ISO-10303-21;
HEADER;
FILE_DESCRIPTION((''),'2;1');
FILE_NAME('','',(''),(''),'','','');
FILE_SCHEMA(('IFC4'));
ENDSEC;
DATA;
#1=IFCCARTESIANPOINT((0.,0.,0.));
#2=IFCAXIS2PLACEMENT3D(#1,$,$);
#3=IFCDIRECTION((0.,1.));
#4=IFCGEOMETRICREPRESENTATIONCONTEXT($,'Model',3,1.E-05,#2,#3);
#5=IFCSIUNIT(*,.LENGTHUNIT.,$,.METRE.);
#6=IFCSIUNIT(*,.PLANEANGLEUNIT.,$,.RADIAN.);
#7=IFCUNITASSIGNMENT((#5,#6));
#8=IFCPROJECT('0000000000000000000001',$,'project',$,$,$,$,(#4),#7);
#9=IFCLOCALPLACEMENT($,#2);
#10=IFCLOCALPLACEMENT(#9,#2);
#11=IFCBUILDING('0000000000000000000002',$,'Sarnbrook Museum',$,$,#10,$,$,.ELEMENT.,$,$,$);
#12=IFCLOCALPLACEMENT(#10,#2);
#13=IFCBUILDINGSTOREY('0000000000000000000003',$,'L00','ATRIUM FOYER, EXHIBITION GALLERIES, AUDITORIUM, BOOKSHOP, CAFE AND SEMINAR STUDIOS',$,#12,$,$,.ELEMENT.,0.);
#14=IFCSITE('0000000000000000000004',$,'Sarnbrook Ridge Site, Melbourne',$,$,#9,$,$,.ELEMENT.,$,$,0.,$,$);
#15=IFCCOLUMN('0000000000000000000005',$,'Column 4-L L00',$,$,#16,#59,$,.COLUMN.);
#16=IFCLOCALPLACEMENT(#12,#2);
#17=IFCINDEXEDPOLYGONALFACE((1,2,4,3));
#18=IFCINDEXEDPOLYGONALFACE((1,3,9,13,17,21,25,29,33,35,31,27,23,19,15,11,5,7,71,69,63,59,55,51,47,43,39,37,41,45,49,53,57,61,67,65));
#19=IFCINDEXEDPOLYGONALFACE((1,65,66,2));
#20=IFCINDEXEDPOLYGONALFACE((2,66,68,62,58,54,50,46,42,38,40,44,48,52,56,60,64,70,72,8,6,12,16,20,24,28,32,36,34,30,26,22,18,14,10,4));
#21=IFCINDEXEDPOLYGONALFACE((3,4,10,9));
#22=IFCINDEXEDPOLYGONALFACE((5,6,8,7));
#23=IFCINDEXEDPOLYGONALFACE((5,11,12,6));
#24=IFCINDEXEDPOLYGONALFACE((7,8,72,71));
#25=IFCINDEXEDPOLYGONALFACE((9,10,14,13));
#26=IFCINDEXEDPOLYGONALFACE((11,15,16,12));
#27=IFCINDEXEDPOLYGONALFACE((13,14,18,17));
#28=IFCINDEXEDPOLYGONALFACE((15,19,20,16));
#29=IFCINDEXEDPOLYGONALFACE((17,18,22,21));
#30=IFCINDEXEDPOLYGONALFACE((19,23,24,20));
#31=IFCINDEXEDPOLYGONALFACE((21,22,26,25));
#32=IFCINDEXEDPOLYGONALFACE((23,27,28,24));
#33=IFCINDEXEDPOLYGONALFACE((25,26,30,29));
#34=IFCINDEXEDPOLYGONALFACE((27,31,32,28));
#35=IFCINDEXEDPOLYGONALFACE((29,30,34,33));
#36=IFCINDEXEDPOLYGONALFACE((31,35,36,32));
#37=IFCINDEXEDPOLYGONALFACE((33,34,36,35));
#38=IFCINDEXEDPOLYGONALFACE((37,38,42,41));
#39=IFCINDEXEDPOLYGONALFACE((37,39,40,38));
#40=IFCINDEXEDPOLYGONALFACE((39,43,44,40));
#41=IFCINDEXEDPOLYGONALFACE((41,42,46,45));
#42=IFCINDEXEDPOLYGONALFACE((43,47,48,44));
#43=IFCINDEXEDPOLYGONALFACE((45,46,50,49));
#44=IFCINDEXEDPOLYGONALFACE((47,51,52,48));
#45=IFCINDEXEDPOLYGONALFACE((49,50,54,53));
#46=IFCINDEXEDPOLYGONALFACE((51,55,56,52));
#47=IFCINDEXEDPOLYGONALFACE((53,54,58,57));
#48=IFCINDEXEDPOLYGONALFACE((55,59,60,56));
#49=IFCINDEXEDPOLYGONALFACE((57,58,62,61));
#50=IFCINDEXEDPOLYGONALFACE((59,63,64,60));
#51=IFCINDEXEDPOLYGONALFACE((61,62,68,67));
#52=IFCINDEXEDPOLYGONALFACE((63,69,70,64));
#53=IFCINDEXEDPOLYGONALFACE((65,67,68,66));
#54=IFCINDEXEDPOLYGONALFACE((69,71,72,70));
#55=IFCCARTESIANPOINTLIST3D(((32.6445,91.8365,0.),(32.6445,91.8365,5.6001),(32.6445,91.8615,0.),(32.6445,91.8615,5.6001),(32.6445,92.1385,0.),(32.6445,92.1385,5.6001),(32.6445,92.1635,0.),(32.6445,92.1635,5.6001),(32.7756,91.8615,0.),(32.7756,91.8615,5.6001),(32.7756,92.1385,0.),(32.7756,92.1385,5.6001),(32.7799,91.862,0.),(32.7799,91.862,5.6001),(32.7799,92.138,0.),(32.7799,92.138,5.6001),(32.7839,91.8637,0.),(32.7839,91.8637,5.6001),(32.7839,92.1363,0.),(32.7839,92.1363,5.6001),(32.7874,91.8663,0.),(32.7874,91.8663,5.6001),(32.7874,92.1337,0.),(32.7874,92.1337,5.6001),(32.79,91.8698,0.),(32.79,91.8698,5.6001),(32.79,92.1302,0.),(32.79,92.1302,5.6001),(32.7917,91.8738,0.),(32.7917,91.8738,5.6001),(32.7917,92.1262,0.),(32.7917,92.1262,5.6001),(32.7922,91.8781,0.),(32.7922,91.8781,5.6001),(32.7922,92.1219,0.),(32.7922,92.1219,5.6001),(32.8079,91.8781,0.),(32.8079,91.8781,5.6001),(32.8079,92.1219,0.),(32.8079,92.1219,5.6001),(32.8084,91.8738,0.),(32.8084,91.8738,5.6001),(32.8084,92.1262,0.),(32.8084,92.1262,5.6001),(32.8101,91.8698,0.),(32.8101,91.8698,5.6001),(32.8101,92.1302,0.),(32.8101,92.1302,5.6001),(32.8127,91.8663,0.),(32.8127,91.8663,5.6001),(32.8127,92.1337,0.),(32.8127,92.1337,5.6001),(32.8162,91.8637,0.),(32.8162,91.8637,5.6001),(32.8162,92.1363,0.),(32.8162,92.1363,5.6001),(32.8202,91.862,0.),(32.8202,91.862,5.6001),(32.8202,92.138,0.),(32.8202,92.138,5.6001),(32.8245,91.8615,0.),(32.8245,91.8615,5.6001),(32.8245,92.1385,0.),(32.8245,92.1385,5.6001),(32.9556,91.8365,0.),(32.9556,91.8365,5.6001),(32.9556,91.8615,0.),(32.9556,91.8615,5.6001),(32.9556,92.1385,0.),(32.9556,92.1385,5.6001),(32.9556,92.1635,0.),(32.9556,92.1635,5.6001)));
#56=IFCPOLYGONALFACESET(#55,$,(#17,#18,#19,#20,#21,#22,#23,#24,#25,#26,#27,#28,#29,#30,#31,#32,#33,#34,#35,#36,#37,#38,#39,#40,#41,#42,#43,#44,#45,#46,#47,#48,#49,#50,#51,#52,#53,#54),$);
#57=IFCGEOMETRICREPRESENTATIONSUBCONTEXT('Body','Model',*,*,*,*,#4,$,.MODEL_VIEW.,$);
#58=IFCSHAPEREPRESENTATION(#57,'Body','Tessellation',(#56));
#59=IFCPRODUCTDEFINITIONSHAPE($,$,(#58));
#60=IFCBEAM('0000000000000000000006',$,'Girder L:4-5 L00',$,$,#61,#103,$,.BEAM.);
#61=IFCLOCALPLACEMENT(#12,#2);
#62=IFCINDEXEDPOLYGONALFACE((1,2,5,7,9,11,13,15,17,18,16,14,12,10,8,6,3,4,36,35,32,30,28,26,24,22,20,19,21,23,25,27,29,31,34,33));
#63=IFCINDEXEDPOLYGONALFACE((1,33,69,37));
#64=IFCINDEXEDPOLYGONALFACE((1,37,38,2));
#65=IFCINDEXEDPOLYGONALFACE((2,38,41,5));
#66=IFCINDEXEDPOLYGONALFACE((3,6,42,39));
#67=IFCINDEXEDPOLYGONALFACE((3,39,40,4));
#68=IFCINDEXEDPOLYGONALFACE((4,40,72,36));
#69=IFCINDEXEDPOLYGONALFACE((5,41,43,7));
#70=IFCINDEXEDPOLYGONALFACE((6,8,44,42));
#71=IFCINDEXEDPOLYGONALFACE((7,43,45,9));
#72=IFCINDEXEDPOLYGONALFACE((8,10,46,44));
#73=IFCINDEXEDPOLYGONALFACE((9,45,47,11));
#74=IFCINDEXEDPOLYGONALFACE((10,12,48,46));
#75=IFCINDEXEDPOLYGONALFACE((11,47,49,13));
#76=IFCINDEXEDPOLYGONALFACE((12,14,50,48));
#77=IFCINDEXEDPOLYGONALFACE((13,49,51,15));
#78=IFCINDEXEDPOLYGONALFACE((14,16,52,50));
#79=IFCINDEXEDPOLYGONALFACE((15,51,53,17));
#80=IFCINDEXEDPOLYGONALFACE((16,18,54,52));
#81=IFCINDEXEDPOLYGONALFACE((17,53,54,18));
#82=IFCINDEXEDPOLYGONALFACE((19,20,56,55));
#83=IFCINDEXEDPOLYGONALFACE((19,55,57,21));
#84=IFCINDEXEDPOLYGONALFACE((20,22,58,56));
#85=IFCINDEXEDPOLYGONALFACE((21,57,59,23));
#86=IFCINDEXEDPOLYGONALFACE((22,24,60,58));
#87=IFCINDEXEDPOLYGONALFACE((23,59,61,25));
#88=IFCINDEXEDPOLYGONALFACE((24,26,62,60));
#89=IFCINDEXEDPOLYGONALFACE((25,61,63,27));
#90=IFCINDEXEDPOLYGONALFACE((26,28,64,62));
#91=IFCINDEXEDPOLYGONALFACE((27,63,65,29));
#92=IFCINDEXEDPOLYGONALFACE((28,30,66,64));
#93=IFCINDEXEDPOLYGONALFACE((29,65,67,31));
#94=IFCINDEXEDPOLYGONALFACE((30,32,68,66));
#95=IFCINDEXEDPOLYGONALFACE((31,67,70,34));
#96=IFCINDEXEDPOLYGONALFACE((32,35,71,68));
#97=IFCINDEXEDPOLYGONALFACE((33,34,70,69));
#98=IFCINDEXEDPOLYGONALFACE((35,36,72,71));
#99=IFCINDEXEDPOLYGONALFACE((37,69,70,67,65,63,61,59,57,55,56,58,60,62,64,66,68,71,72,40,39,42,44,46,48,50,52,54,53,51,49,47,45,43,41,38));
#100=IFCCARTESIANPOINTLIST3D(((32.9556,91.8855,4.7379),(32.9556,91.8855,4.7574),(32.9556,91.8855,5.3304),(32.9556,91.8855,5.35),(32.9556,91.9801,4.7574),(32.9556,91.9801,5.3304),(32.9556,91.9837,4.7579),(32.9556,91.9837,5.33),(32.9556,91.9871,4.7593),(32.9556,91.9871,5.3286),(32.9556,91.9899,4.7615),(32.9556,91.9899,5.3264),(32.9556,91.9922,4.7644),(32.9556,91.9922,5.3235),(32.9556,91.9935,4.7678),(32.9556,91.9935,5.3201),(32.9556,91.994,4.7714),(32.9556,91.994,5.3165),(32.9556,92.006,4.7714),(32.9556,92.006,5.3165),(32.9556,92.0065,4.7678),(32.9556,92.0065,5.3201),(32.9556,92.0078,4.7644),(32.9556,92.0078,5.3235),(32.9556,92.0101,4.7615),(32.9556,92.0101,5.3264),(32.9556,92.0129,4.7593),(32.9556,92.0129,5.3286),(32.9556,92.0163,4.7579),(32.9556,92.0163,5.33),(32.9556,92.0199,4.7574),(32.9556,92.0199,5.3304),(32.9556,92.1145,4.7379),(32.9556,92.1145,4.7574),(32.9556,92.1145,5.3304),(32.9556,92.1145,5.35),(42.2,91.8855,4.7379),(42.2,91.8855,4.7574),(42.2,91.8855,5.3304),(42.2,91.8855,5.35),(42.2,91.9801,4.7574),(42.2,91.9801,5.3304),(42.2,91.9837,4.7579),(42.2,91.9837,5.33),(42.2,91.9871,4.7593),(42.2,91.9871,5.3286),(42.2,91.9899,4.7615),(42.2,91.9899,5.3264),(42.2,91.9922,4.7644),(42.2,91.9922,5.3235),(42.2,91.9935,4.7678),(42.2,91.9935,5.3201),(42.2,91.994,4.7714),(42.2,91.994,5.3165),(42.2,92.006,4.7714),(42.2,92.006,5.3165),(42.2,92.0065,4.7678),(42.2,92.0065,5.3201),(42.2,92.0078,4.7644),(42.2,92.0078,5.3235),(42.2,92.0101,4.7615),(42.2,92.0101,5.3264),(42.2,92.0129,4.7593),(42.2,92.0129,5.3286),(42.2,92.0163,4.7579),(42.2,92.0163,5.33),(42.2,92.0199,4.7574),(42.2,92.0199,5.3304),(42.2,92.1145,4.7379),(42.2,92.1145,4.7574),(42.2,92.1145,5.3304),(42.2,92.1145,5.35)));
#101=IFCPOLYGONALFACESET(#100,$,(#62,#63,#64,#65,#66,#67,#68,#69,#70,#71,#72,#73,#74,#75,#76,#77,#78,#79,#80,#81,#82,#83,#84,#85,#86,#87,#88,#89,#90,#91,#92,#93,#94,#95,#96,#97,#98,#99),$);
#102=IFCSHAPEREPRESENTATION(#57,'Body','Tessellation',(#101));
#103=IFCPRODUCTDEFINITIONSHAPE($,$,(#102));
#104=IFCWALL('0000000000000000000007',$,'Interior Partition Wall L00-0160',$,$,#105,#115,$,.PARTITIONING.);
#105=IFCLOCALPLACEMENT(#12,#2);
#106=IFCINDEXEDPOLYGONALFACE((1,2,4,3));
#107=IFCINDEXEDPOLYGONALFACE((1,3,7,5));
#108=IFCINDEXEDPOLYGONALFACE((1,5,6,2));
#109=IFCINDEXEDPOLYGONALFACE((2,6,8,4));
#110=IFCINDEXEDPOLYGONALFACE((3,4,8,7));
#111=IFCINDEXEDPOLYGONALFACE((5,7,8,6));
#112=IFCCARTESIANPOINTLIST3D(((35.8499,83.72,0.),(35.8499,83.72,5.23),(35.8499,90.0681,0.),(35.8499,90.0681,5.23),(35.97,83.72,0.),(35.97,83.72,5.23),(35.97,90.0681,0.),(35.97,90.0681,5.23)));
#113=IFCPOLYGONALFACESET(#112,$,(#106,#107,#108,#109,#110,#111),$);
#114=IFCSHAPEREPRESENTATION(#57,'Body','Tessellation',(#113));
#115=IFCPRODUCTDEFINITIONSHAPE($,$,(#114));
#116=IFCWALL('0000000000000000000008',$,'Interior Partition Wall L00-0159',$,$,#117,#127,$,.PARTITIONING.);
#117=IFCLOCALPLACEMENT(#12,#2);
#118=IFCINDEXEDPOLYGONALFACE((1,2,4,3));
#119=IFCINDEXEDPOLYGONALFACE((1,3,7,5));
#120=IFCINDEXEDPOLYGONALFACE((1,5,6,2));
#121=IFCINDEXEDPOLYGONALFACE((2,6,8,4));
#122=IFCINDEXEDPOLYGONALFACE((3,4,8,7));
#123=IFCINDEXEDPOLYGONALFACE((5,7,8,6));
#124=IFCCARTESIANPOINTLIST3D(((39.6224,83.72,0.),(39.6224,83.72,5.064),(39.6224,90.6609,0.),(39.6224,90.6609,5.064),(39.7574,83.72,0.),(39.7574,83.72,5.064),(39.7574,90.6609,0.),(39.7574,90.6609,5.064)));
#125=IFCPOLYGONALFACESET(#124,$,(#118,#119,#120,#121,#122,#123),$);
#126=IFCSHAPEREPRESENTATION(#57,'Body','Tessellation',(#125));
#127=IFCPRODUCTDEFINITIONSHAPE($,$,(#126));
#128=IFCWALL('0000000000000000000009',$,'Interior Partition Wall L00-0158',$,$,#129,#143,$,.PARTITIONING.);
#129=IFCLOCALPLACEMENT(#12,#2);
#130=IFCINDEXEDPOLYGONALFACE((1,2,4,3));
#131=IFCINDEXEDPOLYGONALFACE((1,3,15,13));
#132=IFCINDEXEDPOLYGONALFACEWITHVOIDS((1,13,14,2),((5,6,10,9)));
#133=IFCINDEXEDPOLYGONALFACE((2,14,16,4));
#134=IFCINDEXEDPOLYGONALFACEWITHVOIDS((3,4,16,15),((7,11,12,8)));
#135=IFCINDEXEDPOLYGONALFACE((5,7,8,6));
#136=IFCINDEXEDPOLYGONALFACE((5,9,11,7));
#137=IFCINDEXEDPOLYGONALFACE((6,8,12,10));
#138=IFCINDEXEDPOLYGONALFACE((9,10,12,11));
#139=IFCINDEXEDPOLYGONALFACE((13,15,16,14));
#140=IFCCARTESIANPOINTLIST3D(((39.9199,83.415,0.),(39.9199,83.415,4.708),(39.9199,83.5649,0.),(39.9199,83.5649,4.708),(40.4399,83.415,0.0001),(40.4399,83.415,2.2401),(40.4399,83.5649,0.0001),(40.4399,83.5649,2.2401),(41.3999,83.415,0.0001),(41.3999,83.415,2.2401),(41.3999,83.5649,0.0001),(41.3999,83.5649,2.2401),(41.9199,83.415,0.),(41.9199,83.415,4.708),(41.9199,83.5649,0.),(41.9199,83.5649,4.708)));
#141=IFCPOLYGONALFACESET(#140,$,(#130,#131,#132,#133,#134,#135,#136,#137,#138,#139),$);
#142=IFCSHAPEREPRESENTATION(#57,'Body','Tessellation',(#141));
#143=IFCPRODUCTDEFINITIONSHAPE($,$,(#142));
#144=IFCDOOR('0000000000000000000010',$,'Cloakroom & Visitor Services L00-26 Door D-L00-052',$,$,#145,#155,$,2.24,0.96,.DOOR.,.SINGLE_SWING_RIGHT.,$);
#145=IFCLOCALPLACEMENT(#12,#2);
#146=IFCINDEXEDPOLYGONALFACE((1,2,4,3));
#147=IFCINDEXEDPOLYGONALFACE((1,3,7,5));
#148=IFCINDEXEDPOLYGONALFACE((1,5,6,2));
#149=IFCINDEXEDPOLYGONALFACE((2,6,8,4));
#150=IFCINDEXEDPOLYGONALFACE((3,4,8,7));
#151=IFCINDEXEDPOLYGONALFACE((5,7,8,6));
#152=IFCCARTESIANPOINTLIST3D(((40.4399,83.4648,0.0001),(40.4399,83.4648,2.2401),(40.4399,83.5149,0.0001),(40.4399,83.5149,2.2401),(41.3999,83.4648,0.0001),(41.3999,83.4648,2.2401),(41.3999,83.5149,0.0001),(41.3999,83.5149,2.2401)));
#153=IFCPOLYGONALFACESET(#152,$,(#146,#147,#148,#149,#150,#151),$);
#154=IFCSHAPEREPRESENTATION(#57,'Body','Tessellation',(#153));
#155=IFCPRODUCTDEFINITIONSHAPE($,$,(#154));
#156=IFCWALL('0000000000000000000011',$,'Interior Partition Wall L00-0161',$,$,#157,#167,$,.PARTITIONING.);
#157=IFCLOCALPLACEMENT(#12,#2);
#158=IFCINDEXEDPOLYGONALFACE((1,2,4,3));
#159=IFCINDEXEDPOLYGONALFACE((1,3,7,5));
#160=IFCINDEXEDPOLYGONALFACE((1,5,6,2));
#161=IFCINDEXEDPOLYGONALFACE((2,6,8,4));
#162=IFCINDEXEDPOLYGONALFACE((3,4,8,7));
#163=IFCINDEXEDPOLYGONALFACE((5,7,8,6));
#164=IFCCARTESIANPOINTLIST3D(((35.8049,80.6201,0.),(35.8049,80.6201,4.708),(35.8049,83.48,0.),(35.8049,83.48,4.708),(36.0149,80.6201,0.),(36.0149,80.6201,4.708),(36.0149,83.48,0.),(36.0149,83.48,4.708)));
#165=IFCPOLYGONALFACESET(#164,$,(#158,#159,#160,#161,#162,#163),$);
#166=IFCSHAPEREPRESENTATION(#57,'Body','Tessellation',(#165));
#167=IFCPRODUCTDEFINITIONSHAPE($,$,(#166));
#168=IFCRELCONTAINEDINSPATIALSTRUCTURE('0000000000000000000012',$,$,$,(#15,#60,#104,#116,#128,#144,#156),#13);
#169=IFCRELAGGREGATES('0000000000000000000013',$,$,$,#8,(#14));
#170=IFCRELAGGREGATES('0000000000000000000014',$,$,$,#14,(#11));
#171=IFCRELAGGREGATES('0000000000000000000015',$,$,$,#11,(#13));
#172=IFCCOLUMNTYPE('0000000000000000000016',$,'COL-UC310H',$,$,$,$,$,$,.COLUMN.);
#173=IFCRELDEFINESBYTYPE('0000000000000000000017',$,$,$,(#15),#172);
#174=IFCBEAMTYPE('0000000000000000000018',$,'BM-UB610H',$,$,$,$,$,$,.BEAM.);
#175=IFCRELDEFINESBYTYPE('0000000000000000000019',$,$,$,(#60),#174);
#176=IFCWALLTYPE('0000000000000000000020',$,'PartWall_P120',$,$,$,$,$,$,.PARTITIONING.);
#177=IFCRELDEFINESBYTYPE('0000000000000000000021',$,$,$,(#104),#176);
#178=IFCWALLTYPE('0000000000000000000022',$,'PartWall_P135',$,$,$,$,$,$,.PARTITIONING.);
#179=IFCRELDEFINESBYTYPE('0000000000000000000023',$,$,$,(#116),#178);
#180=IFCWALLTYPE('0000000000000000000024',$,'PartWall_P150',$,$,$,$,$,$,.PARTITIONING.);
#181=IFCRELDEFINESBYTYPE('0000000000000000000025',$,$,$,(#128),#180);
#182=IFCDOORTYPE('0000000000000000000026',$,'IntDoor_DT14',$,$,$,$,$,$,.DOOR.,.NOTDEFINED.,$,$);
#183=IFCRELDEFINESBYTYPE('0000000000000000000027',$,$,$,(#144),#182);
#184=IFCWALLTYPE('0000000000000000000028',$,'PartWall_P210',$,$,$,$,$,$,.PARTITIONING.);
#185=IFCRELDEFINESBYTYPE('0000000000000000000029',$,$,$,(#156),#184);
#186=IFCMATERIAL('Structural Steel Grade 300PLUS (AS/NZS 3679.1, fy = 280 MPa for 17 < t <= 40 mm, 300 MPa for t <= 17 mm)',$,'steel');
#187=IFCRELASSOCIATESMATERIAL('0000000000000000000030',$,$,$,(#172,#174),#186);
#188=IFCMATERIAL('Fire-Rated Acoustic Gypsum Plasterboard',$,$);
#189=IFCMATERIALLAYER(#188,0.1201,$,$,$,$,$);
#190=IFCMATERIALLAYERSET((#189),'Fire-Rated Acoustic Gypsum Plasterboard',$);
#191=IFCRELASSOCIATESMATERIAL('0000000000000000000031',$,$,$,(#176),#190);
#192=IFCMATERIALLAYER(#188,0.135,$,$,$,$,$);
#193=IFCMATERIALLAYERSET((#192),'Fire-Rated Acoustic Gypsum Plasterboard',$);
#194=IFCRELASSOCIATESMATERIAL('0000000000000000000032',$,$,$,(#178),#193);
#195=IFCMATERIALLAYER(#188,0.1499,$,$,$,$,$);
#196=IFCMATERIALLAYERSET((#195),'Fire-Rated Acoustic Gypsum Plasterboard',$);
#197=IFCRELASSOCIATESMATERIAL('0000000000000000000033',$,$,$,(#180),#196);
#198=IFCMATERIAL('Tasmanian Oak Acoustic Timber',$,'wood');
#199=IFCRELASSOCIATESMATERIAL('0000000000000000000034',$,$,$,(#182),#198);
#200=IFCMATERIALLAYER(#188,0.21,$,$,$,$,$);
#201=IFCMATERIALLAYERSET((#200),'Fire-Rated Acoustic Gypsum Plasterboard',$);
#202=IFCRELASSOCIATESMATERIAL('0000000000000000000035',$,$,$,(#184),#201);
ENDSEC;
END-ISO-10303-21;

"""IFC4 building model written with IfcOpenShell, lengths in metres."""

from ifc_helpers import new_model, si_unit, direction, frame, frame_2d, origin, origin_2d, place, context, subcontext, project, spatial, rectangle, i_section, extrude, material, layer, layer_set, material_profile, profile_set, type_object, element, fill, save


model = new_model("IFC4")

# Units and contexts
model_context = context("Model", 3, precision=1e-05, world=origin(), true_north=direction((0.0, 1.0)))
body_context = subcontext(model_context, "Body", "Model", "MODEL_VIEW")
ifc_project = project(units=[si_unit("LENGTHUNIT", "METRE"), si_unit("PLANEANGLEUNIT", "RADIAN")], contexts=[model_context])

# Site, building, storey
site_placement = place(None, origin())
site = spatial("IfcSite", under=ifc_project, at=site_placement, Name="Sarnbrook Ridge Site, Melbourne", CompositionType="ELEMENT", RefElevation=0.0)
building_placement = place(site_placement, origin())
building = spatial("IfcBuilding", under=site, at=building_placement, Name="Sarnbrook Museum", CompositionType="ELEMENT")
storey_placement = place(building_placement, origin())
storey = spatial("IfcBuildingStorey", under=building, at=storey_placement, Name="L00", Description="ATRIUM FOYER, EXHIBITION GALLERIES, AUDITORIUM, BOOKSHOP, CAFE AND SEMINAR STUDIOS", CompositionType="ELEMENT", Elevation=0.0)

# Column
ifc_material_1 = material(Name="Structural Steel Grade 300PLUS (AS/NZS 3679.1, fy = 280 MPa for 17 < t <= 40 mm, 300 MPa for t <= 17 mm)", Category="steel")
ifc_material_profile_1 = material_profile(ifc_material_1, i_section(OverallWidth=0.311, OverallDepth=0.3269, WebThickness=0.0156, FlangeThickness=0.0249, FilletRadius=0.0166, at=origin_2d()), Name="310UC158")
ifc_profile_set_1 = profile_set([ifc_material_profile_1], Name="Structural Steel Grade 300PLUS (AS/NZS 3679.1, fy = 280 MPa for 17 < t <= 40 mm, 300 MPa for t <= 17 mm)")
column_type = type_object("IfcColumnType", Name="COL-UC310H", PredefinedType="COLUMN", material=ifc_profile_set_1)
column_placement = place(storey_placement, frame((32.8, 92.0, 0.0), z_axis=(0.0, 0.0, 1.0), x_axis=(1.0, 0.0, 0.0)))
element("IfcColumn", 1, at=column_placement, inside=storey, type_object=column_type, Name="Column 4-L L00", PredefinedType="COLUMN", context=body_context, shape_type="SweptSolid", body=[
    extrude(i_section(OverallWidth=0.311, OverallDepth=0.3269, WebThickness=0.0156, FlangeThickness=0.0249, FilletRadius=0.0166, at=origin_2d()), origin(), (0.0, 0.0, 1.0), 5.6001),
])

# Beam
ifc_material_profile_2 = material_profile(ifc_material_1, i_section(OverallWidth=0.229, OverallDepth=0.6121, WebThickness=0.012, FlangeThickness=0.0195, FilletRadius=0.0139, at=origin_2d()), Name="610UB125")
ifc_profile_set_2 = profile_set([ifc_material_profile_2], Name="Structural Steel Grade 300PLUS (AS/NZS 3679.1, fy = 280 MPa for 17 < t <= 40 mm, 300 MPa for t <= 17 mm)")
beam_type = type_object("IfcBeamType", Name="BM-UB610H", PredefinedType="BEAM", material=ifc_profile_set_2)
beam_placement = place(storey_placement, frame((32.9556, 92.0, 5.0439), z_axis=(1.0, 0.0, 0.0), x_axis=(0.0, 1.0, 0.0)))
element("IfcBeam", 2, at=beam_placement, inside=storey, type_object=beam_type, Name="Girder L:4-5 L00", PredefinedType="BEAM", context=body_context, shape_type="SweptSolid", body=[
    extrude(i_section(OverallWidth=0.229, OverallDepth=0.6121, WebThickness=0.012, FlangeThickness=0.0195, FilletRadius=0.0139, at=origin_2d()), origin(), (0.0, 0.0, 1.0), 9.2444),
])

# Walls
ifc_material_2 = material(Name="Fire-Rated Acoustic Gypsum Plasterboard")
ifc_layer_1 = layer(ifc_material_2, 0.1201)
ifc_layer_set_1 = layer_set([ifc_layer_1], Name="Fire-Rated Acoustic Gypsum Plasterboard")
wall_type_1 = type_object("IfcWallType", Name="PartWall_P120", PredefinedType="PARTITIONING", material=ifc_layer_set_1)
wall_1_placement = place(storey_placement, frame((35.9099, 90.0681, 0.0), z_axis=(0.0, 0.0, 1.0), x_axis=(0.0, -1.0, 0.0)))
element("IfcWall", 3, at=wall_1_placement, inside=storey, type_object=wall_type_1, Name="Interior Partition Wall L00-0160", PredefinedType="PARTITIONING", context=body_context, shape_type="SweptSolid", body=[
    extrude(rectangle(XDim=6.3481, YDim=0.1201, at=frame_2d((3.1741, 0.0))), origin(), (0.0, 0.0, 1.0), 5.23),
])
ifc_layer_2 = layer(ifc_material_2, 0.135)
ifc_layer_set_2 = layer_set([ifc_layer_2], Name="Fire-Rated Acoustic Gypsum Plasterboard")
wall_type_2 = type_object("IfcWallType", Name="PartWall_P135", PredefinedType="PARTITIONING", material=ifc_layer_set_2)
wall_2_placement = place(storey_placement, frame((39.6899, 83.72, 0.0), z_axis=(0.0, 0.0, 1.0), x_axis=(0.0, 1.0, 0.0)))
element("IfcWall", 4, at=wall_2_placement, inside=storey, type_object=wall_type_2, Name="Interior Partition Wall L00-0159", PredefinedType="PARTITIONING", context=body_context, shape_type="SweptSolid", body=[
    extrude(rectangle(XDim=6.9409, YDim=0.135, at=frame_2d((3.4705, 0.0))), origin(), (0.0, 0.0, 1.0), 5.064),
])

# Wall, opening, door
ifc_layer_3 = layer(ifc_material_2, 0.1499)
ifc_layer_set_3 = layer_set([ifc_layer_3], Name="Fire-Rated Acoustic Gypsum Plasterboard")
wall_type_3 = type_object("IfcWallType", Name="PartWall_P150", PredefinedType="PARTITIONING", material=ifc_layer_set_3)
wall_3_placement = place(storey_placement, frame((41.9199, 83.49, 0.0), z_axis=(0.0, 0.0, 1.0), x_axis=(-1.0, 0.0, 0.0)))
wall_3 = element("IfcWall", 5, at=wall_3_placement, inside=storey, type_object=wall_type_3, Name="Interior Partition Wall L00-0158", PredefinedType="PARTITIONING", context=body_context, shape_type="SweptSolid", body=[
    extrude(rectangle(XDim=2.0, YDim=0.1499, at=frame_2d((1.0, 0.0))), origin(), (0.0, 0.0, 1.0), 4.708),
])
opening_1_placement = place(wall_3_placement, frame((0.52, 0.0, 0.0)))
opening_1 = element("IfcOpeningElement", 6, at=opening_1_placement, cuts=wall_3, PredefinedType="OPENING", context=body_context, shape_type="SweptSolid", body=[
    extrude(rectangle(XDim=0.96, YDim=2.24, at=frame_2d((0.48, 1.1201))), frame((0.0, 0.085, 0.0), z_axis=(0.0, -1.0, 0.0), x_axis=(1.0, 0.0, 0.0)), (0.0, 0.0, 1.0), 0.1699),
])
ifc_material_3 = material(Name="Tasmanian Oak Acoustic Timber", Category="wood")
door_type_1 = type_object("IfcDoorType", Name="IntDoor_DT14", OperationType="NOTDEFINED", PredefinedType="DOOR", material=ifc_material_3)
door_1_placement = place(opening_1_placement, frame((0.96, 0.0, 0.0), z_axis=(0.0, 0.0, 1.0), x_axis=(-1.0, 0.0, 0.0)))
door_1 = element("IfcDoor", 7, at=door_1_placement, inside=storey, type_object=door_type_1, Name="Cloakroom & Visitor Services L00-26 Door D-L00-052", OperationType="SINGLE_SWING_RIGHT", OverallHeight=2.24, OverallWidth=0.96, PredefinedType="DOOR", context=body_context, shape_type="SweptSolid", body=[
    extrude(rectangle(XDim=0.96, YDim=2.24, at=frame_2d((0.48, 1.1201))), frame((0.0, 0.0249, 0.0), z_axis=(0.0, -1.0, 0.0), x_axis=(1.0, 0.0, 0.0)), (0.0, 0.0, 1.0), 0.05),
])
fill(opening_1, door_1)

# Wall
ifc_layer_4 = layer(ifc_material_2, 0.21)
ifc_layer_set_4 = layer_set([ifc_layer_4], Name="Fire-Rated Acoustic Gypsum Plasterboard")
wall_type_4 = type_object("IfcWallType", Name="PartWall_P210", PredefinedType="PARTITIONING", material=ifc_layer_set_4)
wall_4_placement = place(storey_placement, frame((35.9099, 83.48, 0.0), z_axis=(0.0, 0.0, 1.0), x_axis=(0.0, -1.0, 0.0)))
element("IfcWall", 8, at=wall_4_placement, inside=storey, type_object=wall_type_4, Name="Interior Partition Wall L00-0161", PredefinedType="PARTITIONING", context=body_context, shape_type="SweptSolid", body=[
    extrude(rectangle(XDim=2.8599, YDim=0.21, at=frame_2d((1.4299, 0.0))), origin(), (0.0, 0.0, 1.0), 4.708),
])

save(model, "model.ifc")
